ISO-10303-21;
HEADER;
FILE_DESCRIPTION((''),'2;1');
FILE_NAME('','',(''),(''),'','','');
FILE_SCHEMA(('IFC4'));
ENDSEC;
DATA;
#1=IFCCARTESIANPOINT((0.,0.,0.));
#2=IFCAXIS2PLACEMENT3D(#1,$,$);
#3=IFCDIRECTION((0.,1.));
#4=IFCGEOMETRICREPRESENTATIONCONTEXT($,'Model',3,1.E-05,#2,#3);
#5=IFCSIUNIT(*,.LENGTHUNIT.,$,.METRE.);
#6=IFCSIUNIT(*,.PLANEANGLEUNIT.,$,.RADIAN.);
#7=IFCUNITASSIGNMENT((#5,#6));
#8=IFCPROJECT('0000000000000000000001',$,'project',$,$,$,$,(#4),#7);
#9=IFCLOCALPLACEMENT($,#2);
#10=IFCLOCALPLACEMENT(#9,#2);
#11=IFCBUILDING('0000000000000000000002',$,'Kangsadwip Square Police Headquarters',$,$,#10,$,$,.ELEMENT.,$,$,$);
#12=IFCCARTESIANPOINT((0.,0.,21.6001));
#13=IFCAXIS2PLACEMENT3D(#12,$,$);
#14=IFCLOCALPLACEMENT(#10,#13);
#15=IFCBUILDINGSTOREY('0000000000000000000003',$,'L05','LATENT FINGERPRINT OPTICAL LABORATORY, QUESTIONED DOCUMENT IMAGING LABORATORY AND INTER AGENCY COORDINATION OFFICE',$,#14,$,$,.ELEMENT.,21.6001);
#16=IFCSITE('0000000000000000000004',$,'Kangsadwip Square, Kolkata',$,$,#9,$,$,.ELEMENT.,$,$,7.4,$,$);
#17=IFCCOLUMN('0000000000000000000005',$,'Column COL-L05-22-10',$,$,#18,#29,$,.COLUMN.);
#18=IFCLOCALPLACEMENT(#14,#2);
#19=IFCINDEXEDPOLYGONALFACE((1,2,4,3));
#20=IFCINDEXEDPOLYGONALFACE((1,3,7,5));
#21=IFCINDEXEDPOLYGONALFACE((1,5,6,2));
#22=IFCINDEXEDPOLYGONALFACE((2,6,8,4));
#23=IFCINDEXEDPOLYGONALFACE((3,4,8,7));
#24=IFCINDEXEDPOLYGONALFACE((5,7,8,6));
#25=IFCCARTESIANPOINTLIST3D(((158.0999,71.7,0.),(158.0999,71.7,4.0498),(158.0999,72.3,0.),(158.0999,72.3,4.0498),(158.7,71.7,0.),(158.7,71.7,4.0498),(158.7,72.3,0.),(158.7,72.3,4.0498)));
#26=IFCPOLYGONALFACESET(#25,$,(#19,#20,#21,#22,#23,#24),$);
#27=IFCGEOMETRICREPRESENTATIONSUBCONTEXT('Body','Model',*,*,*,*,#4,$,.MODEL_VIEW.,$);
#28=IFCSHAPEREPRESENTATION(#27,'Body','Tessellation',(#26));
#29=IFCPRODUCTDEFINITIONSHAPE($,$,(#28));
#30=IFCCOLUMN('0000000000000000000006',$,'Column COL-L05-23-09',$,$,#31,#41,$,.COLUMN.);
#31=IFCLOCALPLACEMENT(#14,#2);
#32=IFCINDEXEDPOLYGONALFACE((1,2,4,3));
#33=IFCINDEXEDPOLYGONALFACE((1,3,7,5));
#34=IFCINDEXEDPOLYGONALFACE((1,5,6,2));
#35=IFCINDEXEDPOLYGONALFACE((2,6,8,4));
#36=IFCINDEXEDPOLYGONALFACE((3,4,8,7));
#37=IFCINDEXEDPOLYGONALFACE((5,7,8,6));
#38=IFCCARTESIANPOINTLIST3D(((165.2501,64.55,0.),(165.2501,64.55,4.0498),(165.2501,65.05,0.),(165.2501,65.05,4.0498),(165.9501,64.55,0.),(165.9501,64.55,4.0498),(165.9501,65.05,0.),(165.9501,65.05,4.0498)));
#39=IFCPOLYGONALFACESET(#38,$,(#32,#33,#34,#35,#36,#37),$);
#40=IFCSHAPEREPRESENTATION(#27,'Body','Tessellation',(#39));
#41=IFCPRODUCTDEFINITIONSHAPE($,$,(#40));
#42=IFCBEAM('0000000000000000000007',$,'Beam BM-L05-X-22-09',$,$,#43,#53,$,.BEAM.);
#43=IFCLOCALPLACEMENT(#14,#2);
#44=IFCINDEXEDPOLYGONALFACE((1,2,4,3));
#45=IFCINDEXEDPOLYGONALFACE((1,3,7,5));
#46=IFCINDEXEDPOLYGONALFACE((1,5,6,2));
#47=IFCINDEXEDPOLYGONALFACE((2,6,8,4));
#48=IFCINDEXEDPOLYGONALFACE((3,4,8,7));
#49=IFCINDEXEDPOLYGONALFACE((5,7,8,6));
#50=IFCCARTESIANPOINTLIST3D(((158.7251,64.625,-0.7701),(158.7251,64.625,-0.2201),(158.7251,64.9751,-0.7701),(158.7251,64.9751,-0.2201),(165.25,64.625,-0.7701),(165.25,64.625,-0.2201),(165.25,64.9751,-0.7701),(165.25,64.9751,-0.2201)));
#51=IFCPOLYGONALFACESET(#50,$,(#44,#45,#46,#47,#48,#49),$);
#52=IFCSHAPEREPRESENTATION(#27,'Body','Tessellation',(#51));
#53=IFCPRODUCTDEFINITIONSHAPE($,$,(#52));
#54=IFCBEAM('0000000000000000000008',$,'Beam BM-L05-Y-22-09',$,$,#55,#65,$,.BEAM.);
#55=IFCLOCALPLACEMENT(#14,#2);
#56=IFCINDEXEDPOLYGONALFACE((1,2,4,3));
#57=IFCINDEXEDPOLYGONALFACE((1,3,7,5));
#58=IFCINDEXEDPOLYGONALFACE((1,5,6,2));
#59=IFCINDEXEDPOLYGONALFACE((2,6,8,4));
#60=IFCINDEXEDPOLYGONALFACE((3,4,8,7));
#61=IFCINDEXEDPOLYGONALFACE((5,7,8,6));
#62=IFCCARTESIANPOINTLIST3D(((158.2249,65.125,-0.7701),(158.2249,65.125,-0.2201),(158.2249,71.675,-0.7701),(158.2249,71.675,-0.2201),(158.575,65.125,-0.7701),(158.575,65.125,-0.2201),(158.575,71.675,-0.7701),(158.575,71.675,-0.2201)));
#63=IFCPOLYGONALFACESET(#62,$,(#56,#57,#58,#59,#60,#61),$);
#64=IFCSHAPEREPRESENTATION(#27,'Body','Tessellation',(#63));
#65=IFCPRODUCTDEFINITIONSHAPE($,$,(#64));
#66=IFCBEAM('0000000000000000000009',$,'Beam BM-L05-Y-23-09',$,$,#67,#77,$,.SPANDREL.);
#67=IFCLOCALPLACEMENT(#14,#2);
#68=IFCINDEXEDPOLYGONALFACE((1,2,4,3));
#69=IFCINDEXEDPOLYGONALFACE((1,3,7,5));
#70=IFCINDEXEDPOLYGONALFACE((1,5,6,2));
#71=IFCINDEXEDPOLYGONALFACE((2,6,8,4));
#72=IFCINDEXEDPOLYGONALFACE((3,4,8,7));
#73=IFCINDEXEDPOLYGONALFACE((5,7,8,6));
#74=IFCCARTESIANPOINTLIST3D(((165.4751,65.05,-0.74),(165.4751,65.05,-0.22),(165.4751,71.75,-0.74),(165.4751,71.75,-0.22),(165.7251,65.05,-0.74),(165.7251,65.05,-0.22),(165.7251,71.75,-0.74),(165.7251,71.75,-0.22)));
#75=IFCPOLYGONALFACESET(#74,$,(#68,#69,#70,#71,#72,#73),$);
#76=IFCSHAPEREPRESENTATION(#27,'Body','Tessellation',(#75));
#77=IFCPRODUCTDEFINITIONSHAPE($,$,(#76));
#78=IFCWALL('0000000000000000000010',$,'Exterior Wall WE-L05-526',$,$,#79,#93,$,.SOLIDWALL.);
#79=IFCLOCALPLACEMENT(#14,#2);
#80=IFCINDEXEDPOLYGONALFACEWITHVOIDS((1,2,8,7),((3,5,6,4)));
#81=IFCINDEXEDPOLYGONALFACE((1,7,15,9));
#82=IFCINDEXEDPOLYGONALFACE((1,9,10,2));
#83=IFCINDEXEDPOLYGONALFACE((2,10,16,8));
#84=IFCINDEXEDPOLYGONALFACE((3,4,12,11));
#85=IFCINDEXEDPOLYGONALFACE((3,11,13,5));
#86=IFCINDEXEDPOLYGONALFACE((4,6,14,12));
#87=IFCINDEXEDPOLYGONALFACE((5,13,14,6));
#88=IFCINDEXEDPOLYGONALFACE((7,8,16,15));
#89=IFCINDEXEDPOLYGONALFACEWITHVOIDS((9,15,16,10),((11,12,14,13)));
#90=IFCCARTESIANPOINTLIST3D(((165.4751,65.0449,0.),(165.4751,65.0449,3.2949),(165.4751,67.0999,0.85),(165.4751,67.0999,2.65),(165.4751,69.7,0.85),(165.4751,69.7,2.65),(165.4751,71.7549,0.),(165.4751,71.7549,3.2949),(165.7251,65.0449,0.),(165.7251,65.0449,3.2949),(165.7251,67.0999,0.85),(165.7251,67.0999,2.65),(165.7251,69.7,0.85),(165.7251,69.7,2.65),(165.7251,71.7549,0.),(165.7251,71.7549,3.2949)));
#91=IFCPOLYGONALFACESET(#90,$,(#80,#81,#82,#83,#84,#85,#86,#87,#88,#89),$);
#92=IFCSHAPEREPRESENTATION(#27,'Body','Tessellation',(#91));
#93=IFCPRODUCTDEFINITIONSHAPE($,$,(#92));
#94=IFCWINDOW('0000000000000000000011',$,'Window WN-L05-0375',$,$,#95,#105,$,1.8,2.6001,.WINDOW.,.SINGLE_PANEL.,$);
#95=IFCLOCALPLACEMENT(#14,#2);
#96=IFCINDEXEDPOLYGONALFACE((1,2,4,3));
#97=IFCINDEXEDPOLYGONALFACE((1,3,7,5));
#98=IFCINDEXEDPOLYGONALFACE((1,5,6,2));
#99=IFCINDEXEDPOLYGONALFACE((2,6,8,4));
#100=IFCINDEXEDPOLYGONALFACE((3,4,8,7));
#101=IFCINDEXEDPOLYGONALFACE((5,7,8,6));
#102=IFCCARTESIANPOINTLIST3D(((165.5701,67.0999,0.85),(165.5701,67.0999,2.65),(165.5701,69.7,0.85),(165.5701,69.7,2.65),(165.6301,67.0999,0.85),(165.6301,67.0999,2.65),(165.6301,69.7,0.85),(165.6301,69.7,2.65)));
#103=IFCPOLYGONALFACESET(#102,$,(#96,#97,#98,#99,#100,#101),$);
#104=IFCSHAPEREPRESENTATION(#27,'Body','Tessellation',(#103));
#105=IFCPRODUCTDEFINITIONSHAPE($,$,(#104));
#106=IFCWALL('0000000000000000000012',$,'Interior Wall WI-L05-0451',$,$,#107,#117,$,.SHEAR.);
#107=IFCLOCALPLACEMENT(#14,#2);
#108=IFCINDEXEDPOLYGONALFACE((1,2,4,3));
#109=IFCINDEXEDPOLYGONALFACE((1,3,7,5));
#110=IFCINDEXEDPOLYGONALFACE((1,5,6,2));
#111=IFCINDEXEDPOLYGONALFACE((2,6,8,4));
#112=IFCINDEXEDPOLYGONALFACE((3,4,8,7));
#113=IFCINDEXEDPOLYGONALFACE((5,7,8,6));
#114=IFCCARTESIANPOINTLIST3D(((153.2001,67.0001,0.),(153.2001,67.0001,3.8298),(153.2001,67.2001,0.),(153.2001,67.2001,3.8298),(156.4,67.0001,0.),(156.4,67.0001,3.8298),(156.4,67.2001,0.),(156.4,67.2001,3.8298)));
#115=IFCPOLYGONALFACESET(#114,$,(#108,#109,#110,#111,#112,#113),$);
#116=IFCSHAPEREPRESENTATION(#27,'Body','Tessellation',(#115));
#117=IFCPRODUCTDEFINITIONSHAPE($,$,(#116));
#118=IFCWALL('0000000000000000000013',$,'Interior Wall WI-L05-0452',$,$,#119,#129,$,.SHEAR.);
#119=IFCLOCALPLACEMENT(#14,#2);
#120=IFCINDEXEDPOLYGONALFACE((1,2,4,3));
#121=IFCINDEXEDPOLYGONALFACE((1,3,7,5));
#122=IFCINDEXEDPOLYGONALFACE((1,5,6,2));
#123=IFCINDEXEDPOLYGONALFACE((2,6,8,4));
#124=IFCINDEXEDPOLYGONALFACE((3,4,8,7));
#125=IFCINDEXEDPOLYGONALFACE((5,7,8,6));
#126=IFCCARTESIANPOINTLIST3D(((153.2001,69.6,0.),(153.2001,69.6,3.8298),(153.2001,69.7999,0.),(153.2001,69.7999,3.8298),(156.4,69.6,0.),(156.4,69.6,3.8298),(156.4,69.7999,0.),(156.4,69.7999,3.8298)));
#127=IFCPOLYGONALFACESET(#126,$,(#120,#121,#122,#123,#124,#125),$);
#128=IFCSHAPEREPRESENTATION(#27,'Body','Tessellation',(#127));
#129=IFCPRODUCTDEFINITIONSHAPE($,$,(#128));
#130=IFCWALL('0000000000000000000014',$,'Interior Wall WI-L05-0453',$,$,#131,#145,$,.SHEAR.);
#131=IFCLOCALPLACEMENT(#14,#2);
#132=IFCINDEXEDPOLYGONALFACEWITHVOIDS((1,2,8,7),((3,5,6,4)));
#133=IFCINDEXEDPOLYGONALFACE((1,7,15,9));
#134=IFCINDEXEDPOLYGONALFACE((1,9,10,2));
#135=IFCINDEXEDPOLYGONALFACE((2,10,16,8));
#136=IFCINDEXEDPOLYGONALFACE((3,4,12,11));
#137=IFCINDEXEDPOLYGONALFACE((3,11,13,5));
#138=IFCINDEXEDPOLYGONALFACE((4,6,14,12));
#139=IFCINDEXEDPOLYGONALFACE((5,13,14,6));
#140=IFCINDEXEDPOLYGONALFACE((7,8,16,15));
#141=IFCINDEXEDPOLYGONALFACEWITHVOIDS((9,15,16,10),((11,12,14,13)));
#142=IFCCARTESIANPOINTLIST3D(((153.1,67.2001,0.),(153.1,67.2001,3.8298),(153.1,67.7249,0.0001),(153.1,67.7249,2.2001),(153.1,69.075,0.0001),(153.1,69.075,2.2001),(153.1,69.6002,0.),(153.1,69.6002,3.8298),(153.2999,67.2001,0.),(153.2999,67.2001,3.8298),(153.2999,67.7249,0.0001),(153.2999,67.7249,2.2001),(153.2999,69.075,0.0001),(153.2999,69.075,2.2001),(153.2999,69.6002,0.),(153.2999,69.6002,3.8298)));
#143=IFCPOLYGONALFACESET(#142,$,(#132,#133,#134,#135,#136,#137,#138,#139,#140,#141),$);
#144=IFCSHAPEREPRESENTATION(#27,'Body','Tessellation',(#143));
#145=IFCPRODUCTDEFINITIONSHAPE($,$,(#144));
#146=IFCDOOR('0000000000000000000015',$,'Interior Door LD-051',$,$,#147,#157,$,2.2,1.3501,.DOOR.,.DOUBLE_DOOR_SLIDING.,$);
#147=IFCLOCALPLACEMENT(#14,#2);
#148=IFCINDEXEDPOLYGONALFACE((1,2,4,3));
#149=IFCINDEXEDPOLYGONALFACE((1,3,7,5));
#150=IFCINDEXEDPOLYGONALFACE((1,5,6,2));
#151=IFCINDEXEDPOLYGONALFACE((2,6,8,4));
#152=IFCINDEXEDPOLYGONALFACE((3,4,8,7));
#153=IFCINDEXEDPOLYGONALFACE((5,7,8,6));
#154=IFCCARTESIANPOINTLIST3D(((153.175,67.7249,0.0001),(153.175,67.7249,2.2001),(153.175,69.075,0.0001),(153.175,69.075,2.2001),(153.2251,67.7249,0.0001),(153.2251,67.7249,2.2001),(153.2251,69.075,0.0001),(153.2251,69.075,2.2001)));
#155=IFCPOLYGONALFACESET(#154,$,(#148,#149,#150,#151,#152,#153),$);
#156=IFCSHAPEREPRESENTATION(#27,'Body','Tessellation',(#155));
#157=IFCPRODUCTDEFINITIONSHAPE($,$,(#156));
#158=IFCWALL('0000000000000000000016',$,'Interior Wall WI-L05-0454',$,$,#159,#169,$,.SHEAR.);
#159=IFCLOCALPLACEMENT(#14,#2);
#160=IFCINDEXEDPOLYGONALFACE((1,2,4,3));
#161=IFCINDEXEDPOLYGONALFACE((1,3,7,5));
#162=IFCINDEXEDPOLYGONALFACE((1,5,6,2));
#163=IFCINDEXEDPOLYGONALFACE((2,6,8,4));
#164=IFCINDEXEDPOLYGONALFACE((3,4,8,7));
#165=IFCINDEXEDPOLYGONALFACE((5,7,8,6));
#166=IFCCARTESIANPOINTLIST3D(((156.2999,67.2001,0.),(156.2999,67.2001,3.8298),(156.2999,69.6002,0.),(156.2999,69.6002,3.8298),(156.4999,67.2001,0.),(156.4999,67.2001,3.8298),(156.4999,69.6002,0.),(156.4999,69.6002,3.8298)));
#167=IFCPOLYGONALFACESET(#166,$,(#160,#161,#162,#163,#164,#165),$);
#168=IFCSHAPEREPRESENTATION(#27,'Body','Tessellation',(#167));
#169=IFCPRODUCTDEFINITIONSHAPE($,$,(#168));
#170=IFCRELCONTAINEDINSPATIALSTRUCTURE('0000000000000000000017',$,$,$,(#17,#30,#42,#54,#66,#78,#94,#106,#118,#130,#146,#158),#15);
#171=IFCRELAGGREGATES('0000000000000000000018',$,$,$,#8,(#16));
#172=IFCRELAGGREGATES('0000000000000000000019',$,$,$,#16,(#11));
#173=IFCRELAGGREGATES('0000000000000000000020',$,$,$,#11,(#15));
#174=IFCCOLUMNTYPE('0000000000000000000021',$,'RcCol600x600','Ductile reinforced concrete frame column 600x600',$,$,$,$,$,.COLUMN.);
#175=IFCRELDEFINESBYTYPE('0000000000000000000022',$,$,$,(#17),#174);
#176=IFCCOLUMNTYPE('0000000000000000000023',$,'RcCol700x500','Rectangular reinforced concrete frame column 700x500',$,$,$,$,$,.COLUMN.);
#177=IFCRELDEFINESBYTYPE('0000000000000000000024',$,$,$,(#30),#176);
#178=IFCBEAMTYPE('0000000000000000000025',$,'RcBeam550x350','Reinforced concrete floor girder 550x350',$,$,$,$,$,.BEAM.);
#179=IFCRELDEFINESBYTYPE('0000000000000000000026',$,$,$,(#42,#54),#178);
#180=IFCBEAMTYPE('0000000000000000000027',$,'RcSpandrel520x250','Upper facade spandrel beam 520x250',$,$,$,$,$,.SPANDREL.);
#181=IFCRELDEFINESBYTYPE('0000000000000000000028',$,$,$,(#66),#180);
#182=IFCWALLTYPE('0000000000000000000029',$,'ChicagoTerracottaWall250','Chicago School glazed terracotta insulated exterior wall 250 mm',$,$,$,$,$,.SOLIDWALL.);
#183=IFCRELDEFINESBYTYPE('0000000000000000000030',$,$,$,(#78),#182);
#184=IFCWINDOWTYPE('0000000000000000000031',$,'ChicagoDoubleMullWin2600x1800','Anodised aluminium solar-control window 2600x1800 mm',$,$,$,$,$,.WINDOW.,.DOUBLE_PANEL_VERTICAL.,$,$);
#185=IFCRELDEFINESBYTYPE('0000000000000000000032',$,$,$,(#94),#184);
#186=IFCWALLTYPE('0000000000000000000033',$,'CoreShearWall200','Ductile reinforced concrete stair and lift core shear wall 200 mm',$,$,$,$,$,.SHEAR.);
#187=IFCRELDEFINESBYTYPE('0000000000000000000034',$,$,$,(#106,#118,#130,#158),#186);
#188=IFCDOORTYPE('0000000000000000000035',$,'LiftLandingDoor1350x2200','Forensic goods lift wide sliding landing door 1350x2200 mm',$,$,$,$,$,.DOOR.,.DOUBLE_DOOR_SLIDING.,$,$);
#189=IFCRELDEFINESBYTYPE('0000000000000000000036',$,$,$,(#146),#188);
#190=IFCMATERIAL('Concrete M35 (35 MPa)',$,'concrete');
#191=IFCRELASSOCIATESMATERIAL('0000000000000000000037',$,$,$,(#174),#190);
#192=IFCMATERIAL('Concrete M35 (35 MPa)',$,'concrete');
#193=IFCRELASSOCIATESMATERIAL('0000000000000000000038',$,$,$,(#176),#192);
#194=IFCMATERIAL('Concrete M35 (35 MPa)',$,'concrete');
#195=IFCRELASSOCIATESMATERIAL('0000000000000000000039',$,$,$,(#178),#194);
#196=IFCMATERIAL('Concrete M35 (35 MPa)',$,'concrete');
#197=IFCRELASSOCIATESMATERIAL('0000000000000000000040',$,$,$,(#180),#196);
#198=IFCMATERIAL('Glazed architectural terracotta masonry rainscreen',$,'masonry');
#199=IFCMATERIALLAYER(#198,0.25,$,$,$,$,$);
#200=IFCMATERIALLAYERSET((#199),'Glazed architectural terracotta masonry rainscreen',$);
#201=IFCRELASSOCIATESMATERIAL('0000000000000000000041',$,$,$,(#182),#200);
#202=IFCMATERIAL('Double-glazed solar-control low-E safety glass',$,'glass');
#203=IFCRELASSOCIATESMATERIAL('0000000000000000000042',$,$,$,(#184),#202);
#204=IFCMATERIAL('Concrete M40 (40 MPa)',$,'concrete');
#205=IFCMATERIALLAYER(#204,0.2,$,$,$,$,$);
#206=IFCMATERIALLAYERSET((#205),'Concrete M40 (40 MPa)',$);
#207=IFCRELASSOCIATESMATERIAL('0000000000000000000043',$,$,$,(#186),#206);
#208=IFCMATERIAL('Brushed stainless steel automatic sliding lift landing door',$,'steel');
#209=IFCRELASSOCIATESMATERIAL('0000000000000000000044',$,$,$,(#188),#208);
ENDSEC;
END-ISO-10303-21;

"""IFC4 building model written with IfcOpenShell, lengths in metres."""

from ifc_helpers import new_model, si_unit, direction, frame, frame_2d, origin, origin_2d, place, context, subcontext, project, spatial, rectangle, extrude, material, layer, layer_set, material_profile, profile_set, type_object, element, fill, save


model = new_model("IFC4")

# Units and contexts
model_context = context("Model", 3, precision=1e-05, world=origin(), true_north=direction((0.0, 1.0)))
body_context = subcontext(model_context, "Body", "Model", "MODEL_VIEW")
ifc_project = project(units=[si_unit("LENGTHUNIT", "METRE"), si_unit("PLANEANGLEUNIT", "RADIAN")], contexts=[model_context])

# Site, building, storey
site_placement = place(None, origin())
site = spatial("IfcSite", under=ifc_project, at=site_placement, Name="Kangsadwip Square, Kolkata", CompositionType="ELEMENT", RefElevation=7.4)
building_placement = place(site_placement, origin())
building = spatial("IfcBuilding", under=site, at=building_placement, Name="Kangsadwip Square Police Headquarters", CompositionType="ELEMENT")
storey_placement = place(building_placement, frame((0.0, 0.0, 21.6001)))
storey = spatial("IfcBuildingStorey", under=building, at=storey_placement, Name="L05", Description="LATENT FINGERPRINT OPTICAL LABORATORY, QUESTIONED DOCUMENT IMAGING LABORATORY AND INTER AGENCY COORDINATION OFFICE", CompositionType="ELEMENT", Elevation=21.6001)

# Columns
ifc_material_1 = material(Name="Concrete M35 (35 MPa)", Category="concrete")
ifc_material_profile_1 = material_profile(ifc_material_1, rectangle(XDim=0.6001, YDim=0.6001, at=origin_2d()), Name="RC COL 600X600")
ifc_profile_set_1 = profile_set([ifc_material_profile_1], Name="Concrete M35 (35 MPa)")
column_type_1 = type_object("IfcColumnType", Name="RcCol600x600", Description="Ductile reinforced concrete frame column 600x600", PredefinedType="COLUMN", material=ifc_profile_set_1)
column_1_placement = place(storey_placement, frame((158.3999, 72.0, 0.0), z_axis=(0.0, 0.0, 1.0), x_axis=(1.0, 0.0, 0.0)))
element("IfcColumn", 1, at=column_1_placement, inside=storey, type_object=column_type_1, Name="Column COL-L05-22-10", PredefinedType="COLUMN", context=body_context, shape_type="SweptSolid", body=[
    extrude(rectangle(XDim=0.6001, YDim=0.6001, at=origin_2d()), origin(), (0.0, 0.0, 1.0), 4.0498),
])
ifc_material_2 = material(Name="Concrete M35 (35 MPa)", Category="concrete")
ifc_material_profile_2 = material_profile(ifc_material_2, rectangle(XDim=0.5, YDim=0.7, at=origin_2d()), Name="RC COL 700X500")
ifc_profile_set_2 = profile_set([ifc_material_profile_2], Name="Concrete M35 (35 MPa)")
column_type_2 = type_object("IfcColumnType", Name="RcCol700x500", Description="Rectangular reinforced concrete frame column 700x500", PredefinedType="COLUMN", material=ifc_profile_set_2)
column_2_placement = place(storey_placement, frame((165.6001, 64.8, 0.0), z_axis=(0.0, 0.0, 1.0), x_axis=(0.0, 1.0, 0.0)))
element("IfcColumn", 2, at=column_2_placement, inside=storey, type_object=column_type_2, Name="Column COL-L05-23-09", PredefinedType="COLUMN", context=body_context, shape_type="SweptSolid", body=[
    extrude(rectangle(XDim=0.5, YDim=0.7, at=origin_2d()), origin(), (0.0, 0.0, 1.0), 4.0498),
])

# Beams
ifc_material_3 = material(Name="Concrete M35 (35 MPa)", Category="concrete")
ifc_material_profile_3 = material_profile(ifc_material_3, rectangle(XDim=0.3501, YDim=0.55, at=origin_2d()), Name="RC BM 550X350")
ifc_profile_set_3 = profile_set([ifc_material_profile_3], Name="Concrete M35 (35 MPa)")
beam_type_1 = type_object("IfcBeamType", Name="RcBeam550x350", Description="Reinforced concrete floor girder 550x350", PredefinedType="BEAM", material=ifc_profile_set_3)
beam_1_placement = place(storey_placement, frame((158.7251, 64.8, -0.4951), z_axis=(1.0, 0.0, 0.0), x_axis=(0.0, 1.0, 0.0)))
element("IfcBeam", 3, at=beam_1_placement, inside=storey, type_object=beam_type_1, Name="Beam BM-L05-X-22-09", PredefinedType="BEAM", context=body_context, shape_type="SweptSolid", body=[
    extrude(rectangle(XDim=0.3501, YDim=0.55, at=origin_2d()), origin(), (0.0, 0.0, 1.0), 6.5249),
])
beam_2_placement = place(storey_placement, frame((158.3999, 65.125, -0.4951), z_axis=(0.0, 1.0, 0.0), x_axis=(-1.0, 0.0, 0.0)))
element("IfcBeam", 4, at=beam_2_placement, inside=storey, type_object=beam_type_1, Name="Beam BM-L05-Y-22-09", PredefinedType="BEAM", context=body_context, shape_type="SweptSolid", body=[
    extrude(rectangle(XDim=0.3501, YDim=0.55, at=origin_2d()), origin(), (0.0, 0.0, 1.0), 6.55),
])
ifc_material_4 = material(Name="Concrete M35 (35 MPa)", Category="concrete")
ifc_material_profile_4 = material_profile(ifc_material_4, rectangle(XDim=0.25, YDim=0.52, at=origin_2d()), Name="RC SPN 520X250")
ifc_profile_set_4 = profile_set([ifc_material_profile_4], Name="Concrete M35 (35 MPa)")
beam_type_2 = type_object("IfcBeamType", Name="RcSpandrel520x250", Description="Upper facade spandrel beam 520x250", PredefinedType="SPANDREL", material=ifc_profile_set_4)
beam_3_placement = place(storey_placement, frame((165.6001, 65.05, -0.48), z_axis=(0.0, 1.0, 0.0), x_axis=(-1.0, 0.0, 0.0)))
element("IfcBeam", 5, at=beam_3_placement, inside=storey, type_object=beam_type_2, Name="Beam BM-L05-Y-23-09", PredefinedType="SPANDREL", context=body_context, shape_type="SweptSolid", body=[
    extrude(rectangle(XDim=0.25, YDim=0.52, at=origin_2d()), origin(), (0.0, 0.0, 1.0), 6.7),
])

# Wall, opening, window
ifc_material_5 = material(Name="Glazed architectural terracotta masonry rainscreen", Category="masonry")
ifc_layer_1 = layer(ifc_material_5, 0.25)
ifc_layer_set_1 = layer_set([ifc_layer_1], Name="Glazed architectural terracotta masonry rainscreen")
wall_type_1 = type_object("IfcWallType", Name="ChicagoTerracottaWall250", Description="Chicago School glazed terracotta insulated exterior wall 250 mm", PredefinedType="SOLIDWALL", material=ifc_layer_set_1)
wall_1_placement = place(storey_placement, frame((165.6001, 65.0449, 0.0), z_axis=(0.0, 0.0, 1.0), x_axis=(0.0, 1.0, 0.0)))
wall_1 = element("IfcWall", 6, at=wall_1_placement, inside=storey, type_object=wall_type_1, Name="Exterior Wall WE-L05-526", PredefinedType="SOLIDWALL", context=body_context, shape_type="SweptSolid", body=[
    extrude(rectangle(XDim=6.71, YDim=0.25, at=frame_2d((3.355, 0.0))), origin(), (0.0, 0.0, 1.0), 3.2949),
])
opening_1_placement = place(wall_1_placement, frame((2.0549, 0.0, 0.8501)))
opening_1 = element("IfcOpeningElement", 7, at=opening_1_placement, cuts=wall_1, PredefinedType="OPENING", context=body_context, shape_type="SweptSolid", body=[
    extrude(rectangle(XDim=2.6001, YDim=1.8, at=frame_2d((1.3, 0.8999))), frame((0.0, 0.135, 0.0), z_axis=(0.0, -1.0, 0.0), x_axis=(1.0, 0.0, 0.0)), (0.0, 0.0, 1.0), 0.27),
])
ifc_material_6 = material(Name="Double-glazed solar-control low-E safety glass", Category="glass")
window_type = type_object("IfcWindowType", Name="ChicagoDoubleMullWin2600x1800", Description="Anodised aluminium solar-control window 2600x1800 mm", PartitioningType="DOUBLE_PANEL_VERTICAL", PredefinedType="WINDOW", material=ifc_material_6)
window_placement = place(opening_1_placement, origin())
window = element("IfcWindow", 8, at=window_placement, inside=storey, type_object=window_type, Name="Window WN-L05-0375", OverallHeight=1.8, OverallWidth=2.6001, PartitioningType="SINGLE_PANEL", PredefinedType="WINDOW", context=body_context, shape_type="SweptSolid", body=[
    extrude(rectangle(XDim=2.6001, YDim=1.8, at=frame_2d((1.3, 0.8999))), frame((0.0, 0.03, 0.0), z_axis=(0.0, -1.0, 0.0), x_axis=(1.0, 0.0, 0.0)), (0.0, 0.0, 1.0), 0.0601),
])
fill(opening_1, window)

# Walls
ifc_material_7 = material(Name="Concrete M40 (40 MPa)", Category="concrete")
ifc_layer_2 = layer(ifc_material_7, 0.2)
ifc_layer_set_2 = layer_set([ifc_layer_2], Name="Concrete M40 (40 MPa)")
wall_type_2 = type_object("IfcWallType", Name="CoreShearWall200", Description="Ductile reinforced concrete stair and lift core shear wall 200 mm", PredefinedType="SHEAR", material=ifc_layer_set_2)
for number, where, z_axis, x_axis, name in (
    (9, (153.2, 67.1001, 0.0), (0.0, 0.0, 1.0), (1.0, 0.0, 0.0), "Interior Wall WI-L05-0451"),
    (10, (153.2, 69.7, 0.0), (0.0, 0.0, 1.0), (1.0, 0.0, 0.0), "Interior Wall WI-L05-0452"),
):
    element("IfcWall", number, at=place(storey_placement, frame(where, z_axis=z_axis, x_axis=x_axis)), inside=storey, type_object=wall_type_2, Name=name, PredefinedType="SHEAR", context=body_context, shape_type="SweptSolid", body=[
        extrude(rectangle(XDim=3.2, YDim=0.2, at=frame_2d((1.6001, 0.0))), origin(), (0.0, 0.0, 1.0), 3.8298),
    ])

# Wall, opening, door
wall_2_placement = place(storey_placement, frame((153.2, 67.2, 0.0), z_axis=(0.0, 0.0, 1.0), x_axis=(0.0, 1.0, 0.0)))
wall_2 = element("IfcWall", 11, at=wall_2_placement, inside=storey, type_object=wall_type_2, Name="Interior Wall WI-L05-0453", PredefinedType="SHEAR", context=body_context, shape_type="SweptSolid", body=[
    extrude(rectangle(XDim=2.4001, YDim=0.2, at=frame_2d((1.2002, 0.0))), origin(), (0.0, 0.0, 1.0), 3.8298),
])
opening_2_placement = place(wall_2_placement, frame((0.5249, 0.0, 0.0)))
opening_2 = element("IfcOpeningElement", 12, at=opening_2_placement, cuts=wall_2, PredefinedType="OPENING", context=body_context, shape_type="SweptSolid", body=[
    extrude(rectangle(XDim=1.3501, YDim=2.2, at=frame_2d((0.675, 1.1001))), frame((0.0, 0.1099, 0.0), z_axis=(0.0, -1.0, 0.0), x_axis=(1.0, 0.0, 0.0)), (0.0, 0.0, 1.0), 0.22),
])
ifc_material_8 = material(Name="Brushed stainless steel automatic sliding lift landing door", Category="steel")
door_type = type_object("IfcDoorType", Name="LiftLandingDoor1350x2200", Description="Forensic goods lift wide sliding landing door 1350x2200 mm", OperationType="DOUBLE_DOOR_SLIDING", PredefinedType="DOOR", material=ifc_material_8)
door_placement = place(opening_2_placement, origin())
door = element("IfcDoor", 13, at=door_placement, inside=storey, type_object=door_type, Name="Interior Door LD-051", OperationType="DOUBLE_DOOR_SLIDING", OverallHeight=2.2, OverallWidth=1.3501, PredefinedType="DOOR", context=body_context, shape_type="SweptSolid", body=[
    extrude(rectangle(XDim=1.3501, YDim=2.2, at=frame_2d((0.675, 1.1001))), frame((0.0, 0.0249, 0.0), z_axis=(0.0, -1.0, 0.0), x_axis=(1.0, 0.0, 0.0)), (0.0, 0.0, 1.0), 0.05),
])
fill(opening_2, door)

# Wall
wall_3_placement = place(storey_placement, frame((156.3999, 67.2, 0.0), z_axis=(0.0, 0.0, 1.0), x_axis=(0.0, 1.0, 0.0)))
element("IfcWall", 14, at=wall_3_placement, inside=storey, type_object=wall_type_2, Name="Interior Wall WI-L05-0454", PredefinedType="SHEAR", context=body_context, shape_type="SweptSolid", body=[
    extrude(rectangle(XDim=2.4001, YDim=0.2, at=frame_2d((1.2002, 0.0))), origin(), (0.0, 0.0, 1.0), 3.8298),
])

save(model, "model.ifc")
